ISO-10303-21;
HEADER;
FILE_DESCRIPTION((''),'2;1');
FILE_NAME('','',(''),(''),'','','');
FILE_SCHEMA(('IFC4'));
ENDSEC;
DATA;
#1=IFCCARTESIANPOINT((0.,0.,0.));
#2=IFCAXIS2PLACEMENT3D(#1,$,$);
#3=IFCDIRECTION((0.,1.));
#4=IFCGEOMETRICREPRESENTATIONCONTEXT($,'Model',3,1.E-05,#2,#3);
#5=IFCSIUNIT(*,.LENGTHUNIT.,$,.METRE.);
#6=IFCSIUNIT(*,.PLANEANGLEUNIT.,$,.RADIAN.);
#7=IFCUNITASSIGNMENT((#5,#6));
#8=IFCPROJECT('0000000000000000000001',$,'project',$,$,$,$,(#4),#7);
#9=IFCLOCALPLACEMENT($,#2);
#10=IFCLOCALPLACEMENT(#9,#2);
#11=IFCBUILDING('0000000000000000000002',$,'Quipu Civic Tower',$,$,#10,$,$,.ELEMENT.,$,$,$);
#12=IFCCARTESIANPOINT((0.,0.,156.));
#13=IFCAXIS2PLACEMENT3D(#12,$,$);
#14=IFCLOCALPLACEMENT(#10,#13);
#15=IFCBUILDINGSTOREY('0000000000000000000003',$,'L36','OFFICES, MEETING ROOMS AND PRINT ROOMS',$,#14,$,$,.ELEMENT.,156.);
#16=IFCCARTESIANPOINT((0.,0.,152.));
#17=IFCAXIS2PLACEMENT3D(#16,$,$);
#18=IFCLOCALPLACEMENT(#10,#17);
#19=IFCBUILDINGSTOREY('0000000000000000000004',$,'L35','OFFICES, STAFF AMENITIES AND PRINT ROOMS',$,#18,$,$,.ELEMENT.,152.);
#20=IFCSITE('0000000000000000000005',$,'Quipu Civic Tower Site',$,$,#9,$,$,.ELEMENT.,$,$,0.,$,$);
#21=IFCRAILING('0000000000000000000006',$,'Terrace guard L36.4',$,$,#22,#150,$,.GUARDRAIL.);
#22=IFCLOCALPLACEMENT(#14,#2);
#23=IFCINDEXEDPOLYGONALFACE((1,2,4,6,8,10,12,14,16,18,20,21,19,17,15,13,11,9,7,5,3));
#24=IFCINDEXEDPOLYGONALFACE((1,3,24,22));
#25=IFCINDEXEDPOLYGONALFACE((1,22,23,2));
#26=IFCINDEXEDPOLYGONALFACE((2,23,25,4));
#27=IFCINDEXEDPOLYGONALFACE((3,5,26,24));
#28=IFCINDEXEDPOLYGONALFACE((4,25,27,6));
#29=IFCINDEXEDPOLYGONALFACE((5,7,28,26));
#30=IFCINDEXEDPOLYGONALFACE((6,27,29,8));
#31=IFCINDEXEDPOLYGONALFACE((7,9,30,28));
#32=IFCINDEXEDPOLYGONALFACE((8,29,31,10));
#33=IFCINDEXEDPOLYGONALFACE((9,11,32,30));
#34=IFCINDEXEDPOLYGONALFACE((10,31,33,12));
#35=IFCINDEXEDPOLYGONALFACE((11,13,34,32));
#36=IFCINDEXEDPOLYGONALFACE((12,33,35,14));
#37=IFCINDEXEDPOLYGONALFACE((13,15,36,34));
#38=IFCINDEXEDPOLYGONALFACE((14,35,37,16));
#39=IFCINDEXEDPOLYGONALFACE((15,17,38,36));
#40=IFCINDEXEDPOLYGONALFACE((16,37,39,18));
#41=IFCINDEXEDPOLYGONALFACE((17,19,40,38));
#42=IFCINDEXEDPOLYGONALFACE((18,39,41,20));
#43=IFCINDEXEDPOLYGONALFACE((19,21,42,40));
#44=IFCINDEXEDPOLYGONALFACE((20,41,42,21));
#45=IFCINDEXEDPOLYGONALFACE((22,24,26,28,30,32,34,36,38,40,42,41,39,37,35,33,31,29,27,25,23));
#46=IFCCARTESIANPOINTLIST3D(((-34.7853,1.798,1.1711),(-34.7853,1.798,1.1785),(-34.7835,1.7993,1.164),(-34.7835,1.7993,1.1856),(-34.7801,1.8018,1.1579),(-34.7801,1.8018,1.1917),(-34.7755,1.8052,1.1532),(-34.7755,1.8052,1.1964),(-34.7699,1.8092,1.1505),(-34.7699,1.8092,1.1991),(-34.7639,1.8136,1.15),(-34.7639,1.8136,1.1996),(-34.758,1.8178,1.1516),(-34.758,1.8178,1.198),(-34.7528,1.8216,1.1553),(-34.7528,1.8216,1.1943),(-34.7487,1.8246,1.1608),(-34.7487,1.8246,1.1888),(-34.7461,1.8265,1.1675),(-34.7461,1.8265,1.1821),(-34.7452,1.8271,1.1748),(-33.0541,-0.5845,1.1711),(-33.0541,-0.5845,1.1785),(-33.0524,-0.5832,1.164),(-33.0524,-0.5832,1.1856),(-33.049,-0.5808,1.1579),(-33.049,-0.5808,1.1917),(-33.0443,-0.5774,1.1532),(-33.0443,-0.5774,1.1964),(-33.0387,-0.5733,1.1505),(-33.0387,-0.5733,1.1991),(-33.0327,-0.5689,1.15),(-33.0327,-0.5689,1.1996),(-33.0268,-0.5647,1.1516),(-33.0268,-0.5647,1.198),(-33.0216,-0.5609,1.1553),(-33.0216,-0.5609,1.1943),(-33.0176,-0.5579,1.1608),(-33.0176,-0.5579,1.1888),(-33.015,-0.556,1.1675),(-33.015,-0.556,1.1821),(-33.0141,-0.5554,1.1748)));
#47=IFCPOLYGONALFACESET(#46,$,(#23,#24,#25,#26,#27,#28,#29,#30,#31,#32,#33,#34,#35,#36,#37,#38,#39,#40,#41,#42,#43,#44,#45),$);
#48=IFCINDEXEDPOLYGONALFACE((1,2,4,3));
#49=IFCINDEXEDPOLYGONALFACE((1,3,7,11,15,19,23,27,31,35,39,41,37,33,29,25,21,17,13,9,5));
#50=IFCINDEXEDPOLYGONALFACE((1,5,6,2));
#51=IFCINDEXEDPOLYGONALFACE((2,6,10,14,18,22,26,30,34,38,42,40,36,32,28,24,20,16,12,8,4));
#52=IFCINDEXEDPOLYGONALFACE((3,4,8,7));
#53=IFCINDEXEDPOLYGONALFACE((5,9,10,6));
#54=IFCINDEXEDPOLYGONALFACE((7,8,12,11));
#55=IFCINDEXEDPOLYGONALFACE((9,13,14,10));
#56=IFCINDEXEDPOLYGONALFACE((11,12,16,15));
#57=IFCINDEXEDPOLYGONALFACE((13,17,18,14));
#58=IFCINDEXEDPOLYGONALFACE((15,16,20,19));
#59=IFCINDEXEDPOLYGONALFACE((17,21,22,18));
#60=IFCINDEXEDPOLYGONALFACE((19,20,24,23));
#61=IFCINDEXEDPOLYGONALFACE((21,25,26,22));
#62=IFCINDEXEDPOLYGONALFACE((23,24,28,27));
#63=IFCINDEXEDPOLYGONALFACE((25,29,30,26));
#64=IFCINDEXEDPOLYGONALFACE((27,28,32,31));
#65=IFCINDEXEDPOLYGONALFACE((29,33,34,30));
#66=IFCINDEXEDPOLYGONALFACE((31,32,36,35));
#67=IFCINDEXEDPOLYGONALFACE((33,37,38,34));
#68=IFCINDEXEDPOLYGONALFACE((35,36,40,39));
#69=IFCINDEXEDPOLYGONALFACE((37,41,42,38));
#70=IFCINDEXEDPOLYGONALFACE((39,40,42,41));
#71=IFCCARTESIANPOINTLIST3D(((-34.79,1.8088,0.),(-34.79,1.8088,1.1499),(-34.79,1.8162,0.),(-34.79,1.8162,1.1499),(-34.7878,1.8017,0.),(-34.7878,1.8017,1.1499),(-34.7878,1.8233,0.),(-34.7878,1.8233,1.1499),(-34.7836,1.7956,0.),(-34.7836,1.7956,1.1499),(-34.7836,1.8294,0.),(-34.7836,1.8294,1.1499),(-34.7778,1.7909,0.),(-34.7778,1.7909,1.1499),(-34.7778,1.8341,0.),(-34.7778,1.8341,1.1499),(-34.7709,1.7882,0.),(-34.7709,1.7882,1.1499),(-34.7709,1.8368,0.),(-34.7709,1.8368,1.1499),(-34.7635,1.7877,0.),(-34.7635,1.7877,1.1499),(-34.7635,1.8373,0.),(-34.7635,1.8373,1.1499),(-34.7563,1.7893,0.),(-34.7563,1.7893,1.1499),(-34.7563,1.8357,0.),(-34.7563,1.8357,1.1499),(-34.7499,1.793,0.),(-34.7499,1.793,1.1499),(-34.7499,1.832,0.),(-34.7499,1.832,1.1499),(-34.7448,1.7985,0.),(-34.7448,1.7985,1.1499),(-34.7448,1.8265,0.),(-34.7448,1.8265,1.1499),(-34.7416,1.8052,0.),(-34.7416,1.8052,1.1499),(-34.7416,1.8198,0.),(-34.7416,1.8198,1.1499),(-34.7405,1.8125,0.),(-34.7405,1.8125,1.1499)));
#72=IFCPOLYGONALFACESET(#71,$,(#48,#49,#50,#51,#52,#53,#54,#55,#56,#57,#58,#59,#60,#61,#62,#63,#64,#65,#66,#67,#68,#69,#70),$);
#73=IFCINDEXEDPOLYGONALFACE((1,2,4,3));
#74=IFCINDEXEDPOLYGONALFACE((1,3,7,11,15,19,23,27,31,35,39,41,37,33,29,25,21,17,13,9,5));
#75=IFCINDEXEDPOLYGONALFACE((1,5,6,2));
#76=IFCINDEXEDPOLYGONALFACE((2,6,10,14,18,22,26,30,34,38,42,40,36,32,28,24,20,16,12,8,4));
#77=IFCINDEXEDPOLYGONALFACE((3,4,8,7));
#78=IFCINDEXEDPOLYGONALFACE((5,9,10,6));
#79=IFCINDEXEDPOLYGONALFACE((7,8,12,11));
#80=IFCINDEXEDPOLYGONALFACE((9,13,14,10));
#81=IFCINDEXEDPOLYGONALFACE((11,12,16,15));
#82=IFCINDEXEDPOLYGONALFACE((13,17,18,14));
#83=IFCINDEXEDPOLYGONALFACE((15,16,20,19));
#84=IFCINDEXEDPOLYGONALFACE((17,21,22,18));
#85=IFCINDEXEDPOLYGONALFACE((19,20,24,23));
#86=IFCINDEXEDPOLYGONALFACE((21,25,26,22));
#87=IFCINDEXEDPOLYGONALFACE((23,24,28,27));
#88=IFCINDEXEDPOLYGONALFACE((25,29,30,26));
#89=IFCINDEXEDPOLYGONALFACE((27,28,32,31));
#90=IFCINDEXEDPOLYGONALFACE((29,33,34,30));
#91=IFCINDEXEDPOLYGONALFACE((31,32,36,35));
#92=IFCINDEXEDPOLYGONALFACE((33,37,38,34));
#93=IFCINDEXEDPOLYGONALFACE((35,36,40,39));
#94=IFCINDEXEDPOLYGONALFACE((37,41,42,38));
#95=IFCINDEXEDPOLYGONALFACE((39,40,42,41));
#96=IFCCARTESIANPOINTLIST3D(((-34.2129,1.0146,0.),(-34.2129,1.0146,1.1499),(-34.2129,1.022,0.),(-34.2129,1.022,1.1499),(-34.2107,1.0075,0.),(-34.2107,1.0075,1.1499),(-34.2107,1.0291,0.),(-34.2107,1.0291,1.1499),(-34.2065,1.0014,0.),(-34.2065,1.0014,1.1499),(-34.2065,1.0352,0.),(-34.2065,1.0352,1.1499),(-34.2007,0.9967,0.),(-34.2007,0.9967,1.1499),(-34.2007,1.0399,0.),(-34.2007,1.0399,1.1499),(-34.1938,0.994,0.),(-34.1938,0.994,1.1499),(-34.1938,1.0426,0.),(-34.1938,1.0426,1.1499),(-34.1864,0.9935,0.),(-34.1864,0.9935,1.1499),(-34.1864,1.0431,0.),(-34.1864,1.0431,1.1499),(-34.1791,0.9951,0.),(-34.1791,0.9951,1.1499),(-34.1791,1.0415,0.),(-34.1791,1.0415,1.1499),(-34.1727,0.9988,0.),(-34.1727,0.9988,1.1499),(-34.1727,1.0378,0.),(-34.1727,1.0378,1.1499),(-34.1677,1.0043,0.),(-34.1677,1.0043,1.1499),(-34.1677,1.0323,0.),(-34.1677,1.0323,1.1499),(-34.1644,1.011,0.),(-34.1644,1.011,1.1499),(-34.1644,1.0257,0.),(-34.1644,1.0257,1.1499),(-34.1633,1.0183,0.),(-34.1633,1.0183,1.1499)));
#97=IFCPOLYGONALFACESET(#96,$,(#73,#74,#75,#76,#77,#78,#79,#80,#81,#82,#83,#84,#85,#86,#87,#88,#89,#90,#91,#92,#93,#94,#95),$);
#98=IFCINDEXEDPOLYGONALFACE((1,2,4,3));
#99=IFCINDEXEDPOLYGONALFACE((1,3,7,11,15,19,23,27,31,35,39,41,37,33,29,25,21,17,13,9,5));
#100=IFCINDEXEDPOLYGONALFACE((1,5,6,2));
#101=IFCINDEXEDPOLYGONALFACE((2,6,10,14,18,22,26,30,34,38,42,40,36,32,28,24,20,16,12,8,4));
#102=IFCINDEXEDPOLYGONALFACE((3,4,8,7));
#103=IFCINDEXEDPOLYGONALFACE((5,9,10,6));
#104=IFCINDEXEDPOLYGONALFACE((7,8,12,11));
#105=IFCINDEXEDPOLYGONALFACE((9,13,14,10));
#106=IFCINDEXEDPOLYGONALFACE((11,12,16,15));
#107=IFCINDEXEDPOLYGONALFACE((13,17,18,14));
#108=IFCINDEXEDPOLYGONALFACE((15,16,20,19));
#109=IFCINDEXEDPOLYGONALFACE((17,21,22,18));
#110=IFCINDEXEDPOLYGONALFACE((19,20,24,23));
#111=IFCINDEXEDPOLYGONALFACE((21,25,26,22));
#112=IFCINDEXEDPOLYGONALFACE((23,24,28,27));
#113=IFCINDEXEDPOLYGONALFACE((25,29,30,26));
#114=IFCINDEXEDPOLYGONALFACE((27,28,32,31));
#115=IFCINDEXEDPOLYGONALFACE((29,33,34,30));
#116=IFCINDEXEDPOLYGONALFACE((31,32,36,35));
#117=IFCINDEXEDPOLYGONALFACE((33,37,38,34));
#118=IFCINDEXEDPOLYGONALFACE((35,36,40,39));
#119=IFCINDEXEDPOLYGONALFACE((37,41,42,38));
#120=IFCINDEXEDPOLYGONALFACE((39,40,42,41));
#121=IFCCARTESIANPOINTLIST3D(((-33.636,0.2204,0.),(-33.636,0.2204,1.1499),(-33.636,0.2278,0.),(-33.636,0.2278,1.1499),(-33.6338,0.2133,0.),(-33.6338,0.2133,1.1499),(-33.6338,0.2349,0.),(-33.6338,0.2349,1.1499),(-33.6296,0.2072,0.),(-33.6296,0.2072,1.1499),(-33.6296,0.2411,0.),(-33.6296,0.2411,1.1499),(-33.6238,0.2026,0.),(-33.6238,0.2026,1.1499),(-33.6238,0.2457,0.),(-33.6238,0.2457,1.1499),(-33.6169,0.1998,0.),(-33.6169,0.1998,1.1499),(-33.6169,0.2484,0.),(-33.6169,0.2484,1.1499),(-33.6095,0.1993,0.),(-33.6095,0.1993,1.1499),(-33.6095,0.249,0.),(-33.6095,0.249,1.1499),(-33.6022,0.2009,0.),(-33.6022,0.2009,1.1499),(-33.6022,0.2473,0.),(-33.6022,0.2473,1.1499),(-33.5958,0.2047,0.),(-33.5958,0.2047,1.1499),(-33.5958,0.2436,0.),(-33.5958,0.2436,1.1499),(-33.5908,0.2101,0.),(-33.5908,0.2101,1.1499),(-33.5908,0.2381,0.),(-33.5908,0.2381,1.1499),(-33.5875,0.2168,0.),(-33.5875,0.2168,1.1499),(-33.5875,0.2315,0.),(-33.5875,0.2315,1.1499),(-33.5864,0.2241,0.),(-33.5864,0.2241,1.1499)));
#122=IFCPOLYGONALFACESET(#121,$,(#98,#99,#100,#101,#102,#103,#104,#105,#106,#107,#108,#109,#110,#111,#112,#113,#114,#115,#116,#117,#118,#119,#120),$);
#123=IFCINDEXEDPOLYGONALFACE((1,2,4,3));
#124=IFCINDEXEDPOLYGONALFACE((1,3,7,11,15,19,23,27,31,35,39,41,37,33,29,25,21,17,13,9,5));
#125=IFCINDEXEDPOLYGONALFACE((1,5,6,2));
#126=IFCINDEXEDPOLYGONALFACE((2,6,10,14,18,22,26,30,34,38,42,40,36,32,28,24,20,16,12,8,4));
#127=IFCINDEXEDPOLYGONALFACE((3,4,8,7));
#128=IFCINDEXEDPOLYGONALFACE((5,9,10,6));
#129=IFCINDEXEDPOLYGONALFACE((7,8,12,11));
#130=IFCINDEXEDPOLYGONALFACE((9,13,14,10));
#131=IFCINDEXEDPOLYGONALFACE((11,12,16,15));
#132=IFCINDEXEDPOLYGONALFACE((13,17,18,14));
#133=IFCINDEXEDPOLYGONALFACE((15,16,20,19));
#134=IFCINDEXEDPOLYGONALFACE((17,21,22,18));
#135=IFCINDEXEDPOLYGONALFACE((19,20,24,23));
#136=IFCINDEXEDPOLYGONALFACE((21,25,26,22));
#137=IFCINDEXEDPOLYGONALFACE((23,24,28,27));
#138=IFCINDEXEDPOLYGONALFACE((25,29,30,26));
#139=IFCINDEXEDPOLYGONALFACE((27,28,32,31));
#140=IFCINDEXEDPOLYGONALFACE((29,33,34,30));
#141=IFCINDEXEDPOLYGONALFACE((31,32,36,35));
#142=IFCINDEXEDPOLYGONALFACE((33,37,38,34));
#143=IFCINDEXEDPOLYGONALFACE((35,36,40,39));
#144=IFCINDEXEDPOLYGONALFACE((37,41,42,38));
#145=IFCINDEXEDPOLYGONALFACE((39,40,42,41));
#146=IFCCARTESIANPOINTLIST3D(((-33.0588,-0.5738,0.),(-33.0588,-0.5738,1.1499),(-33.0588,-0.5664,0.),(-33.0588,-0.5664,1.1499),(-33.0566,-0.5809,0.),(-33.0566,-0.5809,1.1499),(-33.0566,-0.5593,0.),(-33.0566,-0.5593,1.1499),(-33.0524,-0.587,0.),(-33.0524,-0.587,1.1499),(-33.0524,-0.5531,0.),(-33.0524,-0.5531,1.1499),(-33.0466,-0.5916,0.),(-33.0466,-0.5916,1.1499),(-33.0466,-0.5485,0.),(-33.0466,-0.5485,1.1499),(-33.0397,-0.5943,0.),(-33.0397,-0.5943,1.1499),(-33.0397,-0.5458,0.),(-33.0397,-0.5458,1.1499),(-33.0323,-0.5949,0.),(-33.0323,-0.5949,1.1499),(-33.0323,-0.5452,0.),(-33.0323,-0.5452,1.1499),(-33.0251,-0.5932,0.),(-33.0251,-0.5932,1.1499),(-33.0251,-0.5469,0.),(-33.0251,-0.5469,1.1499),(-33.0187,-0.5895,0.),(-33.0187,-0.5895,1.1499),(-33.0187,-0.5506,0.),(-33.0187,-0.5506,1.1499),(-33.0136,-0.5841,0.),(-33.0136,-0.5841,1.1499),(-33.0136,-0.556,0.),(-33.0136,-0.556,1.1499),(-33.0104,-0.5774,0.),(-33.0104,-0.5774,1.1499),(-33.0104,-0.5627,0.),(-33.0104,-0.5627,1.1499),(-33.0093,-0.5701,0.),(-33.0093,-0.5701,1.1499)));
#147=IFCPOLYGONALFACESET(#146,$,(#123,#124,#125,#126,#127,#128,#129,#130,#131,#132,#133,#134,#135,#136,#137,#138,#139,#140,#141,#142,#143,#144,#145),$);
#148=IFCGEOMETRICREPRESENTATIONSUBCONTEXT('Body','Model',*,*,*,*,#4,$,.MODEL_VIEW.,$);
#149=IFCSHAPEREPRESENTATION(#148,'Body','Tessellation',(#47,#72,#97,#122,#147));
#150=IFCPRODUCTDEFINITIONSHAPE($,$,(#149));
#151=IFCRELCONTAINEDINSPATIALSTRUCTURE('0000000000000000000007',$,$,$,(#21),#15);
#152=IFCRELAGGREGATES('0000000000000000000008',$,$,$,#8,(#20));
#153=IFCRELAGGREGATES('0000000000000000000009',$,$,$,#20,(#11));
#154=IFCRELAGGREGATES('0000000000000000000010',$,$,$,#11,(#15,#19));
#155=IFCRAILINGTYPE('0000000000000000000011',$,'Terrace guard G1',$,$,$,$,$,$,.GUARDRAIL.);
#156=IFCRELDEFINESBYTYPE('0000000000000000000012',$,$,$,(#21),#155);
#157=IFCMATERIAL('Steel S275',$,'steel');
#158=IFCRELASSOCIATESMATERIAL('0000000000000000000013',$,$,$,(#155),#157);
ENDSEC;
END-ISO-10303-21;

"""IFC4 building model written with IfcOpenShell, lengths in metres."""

from ifc_helpers import new_model, si_unit, direction, frame, origin, origin_2d, place, context, subcontext, project, spatial, circle, extrude, material, type_object, element, save


model = new_model("IFC4")

# Units and contexts
model_context = context("Model", 3, precision=1e-05, world=origin(), true_north=direction((0.0, 1.0)))
body_context = subcontext(model_context, "Body", "Model", "MODEL_VIEW")
ifc_project = project(units=[si_unit("LENGTHUNIT", "METRE"), si_unit("PLANEANGLEUNIT", "RADIAN")], contexts=[model_context])

# Site, building, storey
site_placement = place(None, origin())
site = spatial("IfcSite", under=ifc_project, at=site_placement, Name="Quipu Civic Tower Site", CompositionType="ELEMENT", RefElevation=0.0)
building_placement = place(site_placement, origin())
building = spatial("IfcBuilding", under=site, at=building_placement, Name="Quipu Civic Tower", CompositionType="ELEMENT")
storey_1_placement = place(building_placement, frame((0.0, 0.0, 156.0)))
storey_1 = spatial("IfcBuildingStorey", under=building, at=storey_1_placement, Name="L36", Description="OFFICES, MEETING ROOMS AND PRINT ROOMS", CompositionType="ELEMENT", Elevation=156.0)

# Shared definitions
storey_2_placement = place(building_placement, frame((0.0, 0.0, 152.0)))
storey_2 = spatial("IfcBuildingStorey", under=building, at=storey_2_placement, Name="L35", Description="OFFICES, STAFF AMENITIES AND PRINT ROOMS", CompositionType="ELEMENT", Elevation=152.0)

# Railing
ifc_material_1 = material(Name="Steel S275", Category="steel")
railing_type = type_object("IfcRailingType", Name="Terrace guard G1", PredefinedType="GUARDRAIL", material=ifc_material_1)
railing_placement = place(storey_1_placement, frame((-34.7654, 1.8125, 0.0)))
element("IfcRailing", 1, at=railing_placement, inside=storey_1, type_object=railing_type, Name="Terrace guard L36.4", PredefinedType="GUARDRAIL", context=body_context, shape_type="SweptSolid", body=[
    extrude(circle(Radius=0.0249, at=origin_2d()), frame((0.0, 0.0, 1.1748), z_axis=(0.587822, -0.808991, 0.0), x_axis=(0.808991, 0.587822, 0.0)), (0.0, 0.0, 1.0), 2.9451),
    extrude(circle(Radius=0.0249, at=origin_2d()), origin(), (0.0, 0.0, 1.0), 1.1499),
    extrude(circle(Radius=0.0249, at=origin_2d()), frame((0.5771, -0.7942, 0.0)), (0.0, 0.0, 1.0), 1.1499),
    extrude(circle(Radius=0.0249, at=origin_2d()), frame((1.1541, -1.5884, 0.0)), (0.0, 0.0, 1.0), 1.1499),
    extrude(circle(Radius=0.0249, at=origin_2d()), frame((1.7312, -2.3826, 0.0)), (0.0, 0.0, 1.0), 1.1499),
])

save(model, "model.ifc")
